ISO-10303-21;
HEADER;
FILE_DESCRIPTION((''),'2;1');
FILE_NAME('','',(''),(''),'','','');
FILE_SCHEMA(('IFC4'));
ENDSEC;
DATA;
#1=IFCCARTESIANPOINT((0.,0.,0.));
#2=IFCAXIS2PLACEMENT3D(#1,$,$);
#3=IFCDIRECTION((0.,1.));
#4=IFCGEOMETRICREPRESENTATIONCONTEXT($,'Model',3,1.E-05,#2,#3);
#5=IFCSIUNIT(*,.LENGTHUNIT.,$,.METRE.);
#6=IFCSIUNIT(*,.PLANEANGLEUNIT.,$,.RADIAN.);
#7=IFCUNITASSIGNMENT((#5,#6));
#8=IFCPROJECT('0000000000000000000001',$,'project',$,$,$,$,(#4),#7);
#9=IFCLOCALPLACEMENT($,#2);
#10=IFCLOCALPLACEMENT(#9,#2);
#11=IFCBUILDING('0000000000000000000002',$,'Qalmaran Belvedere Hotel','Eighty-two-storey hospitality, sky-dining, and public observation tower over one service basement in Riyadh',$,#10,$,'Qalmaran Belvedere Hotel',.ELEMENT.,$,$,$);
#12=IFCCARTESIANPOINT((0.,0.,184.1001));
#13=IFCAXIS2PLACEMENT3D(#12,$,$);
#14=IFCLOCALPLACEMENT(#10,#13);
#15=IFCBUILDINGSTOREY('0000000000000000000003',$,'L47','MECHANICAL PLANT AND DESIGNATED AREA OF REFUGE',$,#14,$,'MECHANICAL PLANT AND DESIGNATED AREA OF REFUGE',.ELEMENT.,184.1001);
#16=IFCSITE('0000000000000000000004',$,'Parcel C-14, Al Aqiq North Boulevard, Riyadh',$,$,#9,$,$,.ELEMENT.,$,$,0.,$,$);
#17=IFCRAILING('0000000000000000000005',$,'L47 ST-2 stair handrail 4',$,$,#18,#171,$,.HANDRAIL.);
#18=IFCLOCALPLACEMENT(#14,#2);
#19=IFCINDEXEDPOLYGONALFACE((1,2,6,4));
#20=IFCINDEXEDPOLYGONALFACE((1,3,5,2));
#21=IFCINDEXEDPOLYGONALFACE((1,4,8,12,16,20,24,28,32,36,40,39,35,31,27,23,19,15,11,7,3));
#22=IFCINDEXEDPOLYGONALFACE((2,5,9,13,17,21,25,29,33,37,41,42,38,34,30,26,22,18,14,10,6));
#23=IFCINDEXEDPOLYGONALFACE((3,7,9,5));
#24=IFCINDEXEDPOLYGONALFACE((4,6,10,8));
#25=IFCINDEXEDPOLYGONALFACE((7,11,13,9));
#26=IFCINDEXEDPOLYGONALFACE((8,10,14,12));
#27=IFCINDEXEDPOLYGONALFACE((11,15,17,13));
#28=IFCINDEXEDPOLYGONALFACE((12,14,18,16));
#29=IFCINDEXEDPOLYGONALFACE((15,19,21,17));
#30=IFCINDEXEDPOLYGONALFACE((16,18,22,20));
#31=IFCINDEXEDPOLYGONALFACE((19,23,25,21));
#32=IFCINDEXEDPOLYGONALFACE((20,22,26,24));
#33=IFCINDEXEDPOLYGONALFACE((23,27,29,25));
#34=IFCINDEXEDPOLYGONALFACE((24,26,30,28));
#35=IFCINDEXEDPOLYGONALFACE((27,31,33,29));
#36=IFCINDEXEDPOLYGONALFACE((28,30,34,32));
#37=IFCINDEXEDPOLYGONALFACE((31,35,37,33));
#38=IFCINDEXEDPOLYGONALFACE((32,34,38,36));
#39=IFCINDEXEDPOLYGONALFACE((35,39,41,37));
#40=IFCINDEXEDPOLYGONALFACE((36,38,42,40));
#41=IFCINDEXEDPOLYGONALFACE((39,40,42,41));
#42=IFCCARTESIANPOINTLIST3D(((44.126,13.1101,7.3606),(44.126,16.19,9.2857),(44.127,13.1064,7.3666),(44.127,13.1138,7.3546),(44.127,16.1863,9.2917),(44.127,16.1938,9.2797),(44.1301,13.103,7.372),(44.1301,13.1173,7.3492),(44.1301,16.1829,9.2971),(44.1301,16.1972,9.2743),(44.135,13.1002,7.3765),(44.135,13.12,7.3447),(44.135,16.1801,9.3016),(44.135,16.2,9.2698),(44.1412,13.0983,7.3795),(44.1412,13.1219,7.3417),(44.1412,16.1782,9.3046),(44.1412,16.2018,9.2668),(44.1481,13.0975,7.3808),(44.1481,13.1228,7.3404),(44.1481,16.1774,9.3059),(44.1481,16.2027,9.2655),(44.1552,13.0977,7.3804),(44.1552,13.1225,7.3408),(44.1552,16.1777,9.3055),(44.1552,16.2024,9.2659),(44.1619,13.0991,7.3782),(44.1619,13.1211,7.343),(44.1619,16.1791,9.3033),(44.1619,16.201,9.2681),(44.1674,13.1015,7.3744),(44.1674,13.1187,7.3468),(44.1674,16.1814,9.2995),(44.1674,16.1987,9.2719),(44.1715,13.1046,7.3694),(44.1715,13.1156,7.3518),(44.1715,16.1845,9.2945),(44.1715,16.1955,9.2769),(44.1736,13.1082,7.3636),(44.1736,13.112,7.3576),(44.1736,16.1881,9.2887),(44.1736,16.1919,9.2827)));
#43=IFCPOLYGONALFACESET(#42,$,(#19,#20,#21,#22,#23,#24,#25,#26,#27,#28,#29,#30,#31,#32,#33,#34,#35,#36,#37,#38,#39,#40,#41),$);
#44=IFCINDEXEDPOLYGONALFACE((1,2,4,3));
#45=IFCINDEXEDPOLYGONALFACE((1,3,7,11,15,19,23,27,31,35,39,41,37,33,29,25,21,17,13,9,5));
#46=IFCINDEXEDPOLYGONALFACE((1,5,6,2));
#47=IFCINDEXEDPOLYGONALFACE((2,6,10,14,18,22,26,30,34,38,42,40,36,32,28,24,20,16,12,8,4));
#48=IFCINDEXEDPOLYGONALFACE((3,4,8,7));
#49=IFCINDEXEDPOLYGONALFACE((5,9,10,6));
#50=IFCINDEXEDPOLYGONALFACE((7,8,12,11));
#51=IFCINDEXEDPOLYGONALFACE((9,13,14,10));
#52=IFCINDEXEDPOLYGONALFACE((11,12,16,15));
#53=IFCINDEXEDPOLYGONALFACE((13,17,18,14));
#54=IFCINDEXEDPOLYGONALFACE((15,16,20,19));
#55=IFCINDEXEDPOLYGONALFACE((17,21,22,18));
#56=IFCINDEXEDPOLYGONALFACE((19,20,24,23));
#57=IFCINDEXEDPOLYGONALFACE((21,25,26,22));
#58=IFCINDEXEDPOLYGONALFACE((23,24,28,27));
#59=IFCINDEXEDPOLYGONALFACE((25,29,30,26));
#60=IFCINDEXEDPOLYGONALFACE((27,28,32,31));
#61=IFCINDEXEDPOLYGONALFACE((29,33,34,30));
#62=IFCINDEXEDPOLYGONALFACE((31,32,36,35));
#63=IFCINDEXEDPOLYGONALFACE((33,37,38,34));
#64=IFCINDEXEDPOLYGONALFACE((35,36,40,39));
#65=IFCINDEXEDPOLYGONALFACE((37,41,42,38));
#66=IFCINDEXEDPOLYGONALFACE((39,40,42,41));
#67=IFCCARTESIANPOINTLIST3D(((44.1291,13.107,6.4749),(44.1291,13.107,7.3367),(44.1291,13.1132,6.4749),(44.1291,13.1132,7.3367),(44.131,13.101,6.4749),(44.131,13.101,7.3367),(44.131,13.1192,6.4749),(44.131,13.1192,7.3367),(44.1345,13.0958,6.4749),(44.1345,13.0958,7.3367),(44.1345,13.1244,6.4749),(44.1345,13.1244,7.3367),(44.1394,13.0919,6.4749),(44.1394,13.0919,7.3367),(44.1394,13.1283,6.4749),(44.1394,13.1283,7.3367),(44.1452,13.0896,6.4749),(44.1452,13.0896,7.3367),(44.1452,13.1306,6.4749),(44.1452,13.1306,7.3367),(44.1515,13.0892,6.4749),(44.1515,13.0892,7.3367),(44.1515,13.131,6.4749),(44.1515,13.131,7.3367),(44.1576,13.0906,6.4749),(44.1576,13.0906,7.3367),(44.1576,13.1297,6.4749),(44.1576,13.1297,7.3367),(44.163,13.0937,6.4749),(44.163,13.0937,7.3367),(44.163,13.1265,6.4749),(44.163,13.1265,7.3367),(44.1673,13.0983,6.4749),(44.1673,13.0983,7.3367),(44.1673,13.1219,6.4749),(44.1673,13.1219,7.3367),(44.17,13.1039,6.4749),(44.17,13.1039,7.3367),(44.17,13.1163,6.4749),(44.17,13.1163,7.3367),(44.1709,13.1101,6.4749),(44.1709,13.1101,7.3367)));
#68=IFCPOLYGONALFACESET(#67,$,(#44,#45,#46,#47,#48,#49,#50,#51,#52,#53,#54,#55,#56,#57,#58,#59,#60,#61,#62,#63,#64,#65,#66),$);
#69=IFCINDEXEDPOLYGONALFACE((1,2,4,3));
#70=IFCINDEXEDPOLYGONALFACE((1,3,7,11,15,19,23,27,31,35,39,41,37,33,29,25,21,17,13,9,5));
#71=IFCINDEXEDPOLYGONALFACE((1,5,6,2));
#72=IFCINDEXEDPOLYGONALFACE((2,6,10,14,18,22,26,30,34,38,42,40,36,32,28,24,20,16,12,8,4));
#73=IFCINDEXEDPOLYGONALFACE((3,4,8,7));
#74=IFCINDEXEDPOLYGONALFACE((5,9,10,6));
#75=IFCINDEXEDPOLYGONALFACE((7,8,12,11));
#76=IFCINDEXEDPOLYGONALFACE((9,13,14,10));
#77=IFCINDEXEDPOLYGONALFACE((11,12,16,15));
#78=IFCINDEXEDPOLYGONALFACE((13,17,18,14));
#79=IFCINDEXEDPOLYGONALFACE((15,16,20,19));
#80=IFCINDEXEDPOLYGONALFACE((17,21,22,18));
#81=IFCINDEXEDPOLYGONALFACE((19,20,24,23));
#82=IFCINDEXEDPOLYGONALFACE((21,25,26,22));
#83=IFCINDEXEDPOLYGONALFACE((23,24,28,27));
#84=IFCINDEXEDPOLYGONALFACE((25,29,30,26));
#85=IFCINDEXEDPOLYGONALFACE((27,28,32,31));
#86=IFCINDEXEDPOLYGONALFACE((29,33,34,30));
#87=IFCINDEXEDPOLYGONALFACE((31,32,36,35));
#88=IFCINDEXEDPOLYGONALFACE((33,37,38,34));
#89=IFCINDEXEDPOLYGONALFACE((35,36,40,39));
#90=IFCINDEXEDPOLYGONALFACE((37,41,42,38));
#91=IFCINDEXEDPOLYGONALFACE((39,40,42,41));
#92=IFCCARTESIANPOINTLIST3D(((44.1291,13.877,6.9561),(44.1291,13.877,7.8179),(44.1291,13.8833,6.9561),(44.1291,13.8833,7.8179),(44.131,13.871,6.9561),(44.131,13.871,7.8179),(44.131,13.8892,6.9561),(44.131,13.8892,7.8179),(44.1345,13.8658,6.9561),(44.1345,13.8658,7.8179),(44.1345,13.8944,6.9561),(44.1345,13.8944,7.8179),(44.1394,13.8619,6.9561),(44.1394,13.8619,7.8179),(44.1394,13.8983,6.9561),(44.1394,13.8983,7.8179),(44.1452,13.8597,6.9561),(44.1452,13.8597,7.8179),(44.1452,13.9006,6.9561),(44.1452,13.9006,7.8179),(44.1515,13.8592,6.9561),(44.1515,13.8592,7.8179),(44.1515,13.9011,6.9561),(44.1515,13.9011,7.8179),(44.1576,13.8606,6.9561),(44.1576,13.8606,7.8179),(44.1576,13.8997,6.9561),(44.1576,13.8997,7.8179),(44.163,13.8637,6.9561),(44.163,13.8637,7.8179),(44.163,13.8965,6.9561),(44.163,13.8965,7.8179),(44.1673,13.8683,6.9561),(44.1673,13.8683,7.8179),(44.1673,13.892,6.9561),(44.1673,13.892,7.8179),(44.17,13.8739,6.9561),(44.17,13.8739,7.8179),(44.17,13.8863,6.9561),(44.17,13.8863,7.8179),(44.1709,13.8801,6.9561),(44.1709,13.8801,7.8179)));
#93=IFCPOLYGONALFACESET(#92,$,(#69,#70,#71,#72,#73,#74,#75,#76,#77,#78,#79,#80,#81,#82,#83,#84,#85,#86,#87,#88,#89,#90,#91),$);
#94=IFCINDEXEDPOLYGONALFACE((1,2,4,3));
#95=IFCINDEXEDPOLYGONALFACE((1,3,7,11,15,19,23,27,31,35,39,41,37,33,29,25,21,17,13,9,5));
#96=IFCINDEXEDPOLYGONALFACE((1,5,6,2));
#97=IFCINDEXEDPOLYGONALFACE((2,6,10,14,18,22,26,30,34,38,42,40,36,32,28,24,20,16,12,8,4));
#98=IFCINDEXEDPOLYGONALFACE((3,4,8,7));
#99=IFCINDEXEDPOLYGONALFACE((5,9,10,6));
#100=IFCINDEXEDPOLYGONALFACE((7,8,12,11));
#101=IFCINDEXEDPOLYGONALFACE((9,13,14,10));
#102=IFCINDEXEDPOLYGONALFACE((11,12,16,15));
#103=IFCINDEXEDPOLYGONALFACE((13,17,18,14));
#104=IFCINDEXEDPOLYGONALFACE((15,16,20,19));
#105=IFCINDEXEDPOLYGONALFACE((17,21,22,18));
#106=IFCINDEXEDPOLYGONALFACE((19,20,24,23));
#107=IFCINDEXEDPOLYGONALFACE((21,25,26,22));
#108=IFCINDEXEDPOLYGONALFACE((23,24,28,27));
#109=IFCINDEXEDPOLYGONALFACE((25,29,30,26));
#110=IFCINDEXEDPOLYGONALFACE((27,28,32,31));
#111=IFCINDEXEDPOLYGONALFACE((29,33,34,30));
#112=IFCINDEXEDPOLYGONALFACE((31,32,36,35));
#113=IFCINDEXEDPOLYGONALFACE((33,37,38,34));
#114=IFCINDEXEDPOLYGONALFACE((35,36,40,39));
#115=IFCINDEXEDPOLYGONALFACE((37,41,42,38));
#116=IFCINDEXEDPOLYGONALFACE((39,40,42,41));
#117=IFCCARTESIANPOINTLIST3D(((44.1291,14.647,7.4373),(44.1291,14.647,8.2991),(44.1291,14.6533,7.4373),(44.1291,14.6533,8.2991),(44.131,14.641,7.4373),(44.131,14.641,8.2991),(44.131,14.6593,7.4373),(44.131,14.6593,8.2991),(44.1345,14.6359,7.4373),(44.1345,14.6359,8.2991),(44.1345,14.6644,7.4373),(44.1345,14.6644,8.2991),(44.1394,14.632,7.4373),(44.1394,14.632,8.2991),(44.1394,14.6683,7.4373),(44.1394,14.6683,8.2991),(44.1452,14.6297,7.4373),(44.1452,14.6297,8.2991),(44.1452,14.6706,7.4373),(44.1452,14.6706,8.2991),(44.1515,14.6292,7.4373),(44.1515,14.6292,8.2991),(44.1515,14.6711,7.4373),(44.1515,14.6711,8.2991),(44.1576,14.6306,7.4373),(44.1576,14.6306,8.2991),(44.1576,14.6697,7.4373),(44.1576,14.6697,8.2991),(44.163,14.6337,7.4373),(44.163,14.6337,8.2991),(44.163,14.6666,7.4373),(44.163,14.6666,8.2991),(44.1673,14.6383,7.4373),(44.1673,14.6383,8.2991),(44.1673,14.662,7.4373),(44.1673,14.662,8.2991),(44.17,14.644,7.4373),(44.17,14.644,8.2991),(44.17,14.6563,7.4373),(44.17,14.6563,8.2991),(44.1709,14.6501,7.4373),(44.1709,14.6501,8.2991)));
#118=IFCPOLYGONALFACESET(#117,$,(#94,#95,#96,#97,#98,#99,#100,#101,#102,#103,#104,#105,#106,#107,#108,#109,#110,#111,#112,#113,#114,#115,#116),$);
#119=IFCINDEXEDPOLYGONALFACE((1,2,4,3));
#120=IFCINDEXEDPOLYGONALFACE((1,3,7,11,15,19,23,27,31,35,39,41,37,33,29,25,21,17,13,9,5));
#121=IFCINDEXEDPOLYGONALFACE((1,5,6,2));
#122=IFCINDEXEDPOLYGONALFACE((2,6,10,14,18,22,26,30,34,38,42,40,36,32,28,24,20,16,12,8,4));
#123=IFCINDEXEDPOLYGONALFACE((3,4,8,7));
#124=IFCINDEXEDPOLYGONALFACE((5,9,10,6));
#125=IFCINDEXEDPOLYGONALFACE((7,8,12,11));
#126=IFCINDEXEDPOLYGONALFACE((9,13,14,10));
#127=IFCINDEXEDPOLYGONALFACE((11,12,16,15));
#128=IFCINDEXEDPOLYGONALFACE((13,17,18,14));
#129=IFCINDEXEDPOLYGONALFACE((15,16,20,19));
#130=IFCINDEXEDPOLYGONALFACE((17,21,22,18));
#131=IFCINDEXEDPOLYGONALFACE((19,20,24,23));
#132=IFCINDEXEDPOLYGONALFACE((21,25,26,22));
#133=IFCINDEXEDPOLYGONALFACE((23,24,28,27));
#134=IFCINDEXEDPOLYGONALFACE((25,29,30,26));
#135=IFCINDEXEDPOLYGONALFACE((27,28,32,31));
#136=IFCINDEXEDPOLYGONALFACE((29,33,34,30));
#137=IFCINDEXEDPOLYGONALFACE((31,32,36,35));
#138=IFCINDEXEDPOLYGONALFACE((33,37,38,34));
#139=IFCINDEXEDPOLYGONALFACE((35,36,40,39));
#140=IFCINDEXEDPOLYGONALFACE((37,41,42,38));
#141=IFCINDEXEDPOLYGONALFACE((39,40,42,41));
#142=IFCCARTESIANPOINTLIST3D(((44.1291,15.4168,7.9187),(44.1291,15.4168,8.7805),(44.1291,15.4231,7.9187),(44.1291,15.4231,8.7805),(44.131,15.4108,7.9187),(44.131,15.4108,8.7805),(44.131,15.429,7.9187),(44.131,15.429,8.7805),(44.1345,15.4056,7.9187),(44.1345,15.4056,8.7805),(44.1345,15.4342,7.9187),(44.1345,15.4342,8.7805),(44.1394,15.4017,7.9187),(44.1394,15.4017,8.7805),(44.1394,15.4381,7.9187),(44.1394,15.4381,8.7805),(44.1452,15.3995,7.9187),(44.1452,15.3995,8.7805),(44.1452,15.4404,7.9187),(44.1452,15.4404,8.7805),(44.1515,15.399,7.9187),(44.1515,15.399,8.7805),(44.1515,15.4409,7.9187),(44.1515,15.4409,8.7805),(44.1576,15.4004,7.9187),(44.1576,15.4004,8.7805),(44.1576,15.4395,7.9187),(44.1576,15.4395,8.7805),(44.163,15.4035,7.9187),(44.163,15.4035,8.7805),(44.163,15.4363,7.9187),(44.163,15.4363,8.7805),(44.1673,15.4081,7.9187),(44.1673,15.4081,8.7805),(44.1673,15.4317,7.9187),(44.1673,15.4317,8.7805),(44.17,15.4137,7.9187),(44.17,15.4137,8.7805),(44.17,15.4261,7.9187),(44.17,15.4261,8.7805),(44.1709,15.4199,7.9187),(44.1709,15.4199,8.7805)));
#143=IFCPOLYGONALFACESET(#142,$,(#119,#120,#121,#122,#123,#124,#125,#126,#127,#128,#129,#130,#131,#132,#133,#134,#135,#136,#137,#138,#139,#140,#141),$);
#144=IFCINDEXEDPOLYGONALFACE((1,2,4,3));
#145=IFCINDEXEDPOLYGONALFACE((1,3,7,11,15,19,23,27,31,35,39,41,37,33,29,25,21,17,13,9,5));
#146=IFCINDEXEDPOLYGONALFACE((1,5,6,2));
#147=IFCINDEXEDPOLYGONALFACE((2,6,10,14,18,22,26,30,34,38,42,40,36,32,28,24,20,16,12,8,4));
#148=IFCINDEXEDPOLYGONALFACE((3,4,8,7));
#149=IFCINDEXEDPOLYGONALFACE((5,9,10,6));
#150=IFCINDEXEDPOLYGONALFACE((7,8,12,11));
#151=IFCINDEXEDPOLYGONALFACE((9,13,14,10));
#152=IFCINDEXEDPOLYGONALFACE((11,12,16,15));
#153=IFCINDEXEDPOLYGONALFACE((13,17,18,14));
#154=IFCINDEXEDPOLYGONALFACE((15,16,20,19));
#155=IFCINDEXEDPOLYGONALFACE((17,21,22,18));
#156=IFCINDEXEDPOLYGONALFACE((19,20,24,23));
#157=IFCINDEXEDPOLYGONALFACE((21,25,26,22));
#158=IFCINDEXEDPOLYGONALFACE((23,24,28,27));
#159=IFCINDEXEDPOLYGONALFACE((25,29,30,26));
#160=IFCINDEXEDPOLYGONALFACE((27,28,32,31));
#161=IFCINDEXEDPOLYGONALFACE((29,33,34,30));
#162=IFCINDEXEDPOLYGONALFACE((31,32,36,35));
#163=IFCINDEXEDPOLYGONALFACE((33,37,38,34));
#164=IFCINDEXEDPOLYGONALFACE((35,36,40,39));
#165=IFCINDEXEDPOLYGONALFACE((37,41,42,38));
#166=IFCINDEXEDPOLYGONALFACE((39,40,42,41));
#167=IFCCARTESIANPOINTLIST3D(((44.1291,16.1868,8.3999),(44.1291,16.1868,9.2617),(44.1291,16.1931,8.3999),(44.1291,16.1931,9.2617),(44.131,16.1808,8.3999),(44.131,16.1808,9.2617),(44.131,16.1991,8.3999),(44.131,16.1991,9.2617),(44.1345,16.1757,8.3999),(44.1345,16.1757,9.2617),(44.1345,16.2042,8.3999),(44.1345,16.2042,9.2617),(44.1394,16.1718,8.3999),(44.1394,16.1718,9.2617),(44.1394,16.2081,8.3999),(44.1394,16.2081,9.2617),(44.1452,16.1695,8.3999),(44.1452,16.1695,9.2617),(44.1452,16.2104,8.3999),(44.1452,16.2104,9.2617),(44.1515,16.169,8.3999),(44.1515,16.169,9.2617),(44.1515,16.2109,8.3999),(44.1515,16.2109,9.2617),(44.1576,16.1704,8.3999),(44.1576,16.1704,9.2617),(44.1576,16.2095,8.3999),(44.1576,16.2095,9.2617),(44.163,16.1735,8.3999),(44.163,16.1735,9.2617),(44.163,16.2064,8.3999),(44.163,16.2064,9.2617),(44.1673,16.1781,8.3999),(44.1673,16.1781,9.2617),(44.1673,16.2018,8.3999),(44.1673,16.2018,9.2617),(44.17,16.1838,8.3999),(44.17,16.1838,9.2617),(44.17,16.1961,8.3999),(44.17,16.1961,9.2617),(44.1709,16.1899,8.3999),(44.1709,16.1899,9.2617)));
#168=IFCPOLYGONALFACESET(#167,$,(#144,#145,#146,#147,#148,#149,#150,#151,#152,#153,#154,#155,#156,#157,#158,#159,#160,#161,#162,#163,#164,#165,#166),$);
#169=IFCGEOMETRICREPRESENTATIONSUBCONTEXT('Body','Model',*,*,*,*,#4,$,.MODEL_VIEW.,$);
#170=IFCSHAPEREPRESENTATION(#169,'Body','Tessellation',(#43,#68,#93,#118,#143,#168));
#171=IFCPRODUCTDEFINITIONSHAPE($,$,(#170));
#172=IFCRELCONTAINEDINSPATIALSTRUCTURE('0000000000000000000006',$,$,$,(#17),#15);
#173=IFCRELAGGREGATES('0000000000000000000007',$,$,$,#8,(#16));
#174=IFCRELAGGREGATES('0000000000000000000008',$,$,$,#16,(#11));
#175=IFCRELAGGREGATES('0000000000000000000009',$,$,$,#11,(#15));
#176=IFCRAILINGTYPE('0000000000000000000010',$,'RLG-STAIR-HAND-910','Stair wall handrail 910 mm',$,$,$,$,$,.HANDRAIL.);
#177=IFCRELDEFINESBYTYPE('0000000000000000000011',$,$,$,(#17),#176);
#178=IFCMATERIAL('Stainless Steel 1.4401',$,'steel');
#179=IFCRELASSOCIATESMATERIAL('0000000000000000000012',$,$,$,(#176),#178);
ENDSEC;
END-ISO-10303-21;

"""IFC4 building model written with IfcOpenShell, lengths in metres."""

from ifc_helpers import new_model, si_unit, direction, frame, origin, origin_2d, place, context, subcontext, project, spatial, circle, extrude, material, type_object, element, save


model = new_model("IFC4")

# Units and contexts
model_context = context("Model", 3, precision=1e-05, world=origin(), true_north=direction((0.0, 1.0)))
body_context = subcontext(model_context, "Body", "Model", "MODEL_VIEW")
ifc_project = project(units=[si_unit("LENGTHUNIT", "METRE"), si_unit("PLANEANGLEUNIT", "RADIAN")], contexts=[model_context])

# Site, building, storey
site_placement = place(None, origin())
site = spatial("IfcSite", under=ifc_project, at=site_placement, Name="Parcel C-14, Al Aqiq North Boulevard, Riyadh", CompositionType="ELEMENT", RefElevation=0.0)
building_placement = place(site_placement, origin())
building = spatial("IfcBuilding", under=site, at=building_placement, Name="Qalmaran Belvedere Hotel", Description="Eighty-two-storey hospitality, sky-dining, and public observation tower over one service basement in Riyadh", LongName="Qalmaran Belvedere Hotel", CompositionType="ELEMENT")
storey_placement = place(building_placement, frame((0.0, 0.0, 184.1001)))
storey = spatial("IfcBuildingStorey", under=building, at=storey_placement, Name="L47", Description="MECHANICAL PLANT AND DESIGNATED AREA OF REFUGE", LongName="MECHANICAL PLANT AND DESIGNATED AREA OF REFUGE", CompositionType="ELEMENT", Elevation=184.1001)

# Railing
ifc_material_1 = material(Name="Stainless Steel 1.4401", Category="steel")
railing_type_1 = type_object("IfcRailingType", Name="RLG-STAIR-HAND-910", Description="Stair wall handrail 910 mm", PredefinedType="HANDRAIL", material=ifc_material_1)
for number, where, name in (
    (1, (44.1499, 13.1101, 6.4749), "L47 ST-2 stair handrail 4"),
):
    element("IfcRailing", number, at=place(storey_placement, frame(where)), inside=storey, type_object=railing_type_1, Name=name, PredefinedType="HANDRAIL", context=body_context, shape_type="SweptSolid", body=[
        extrude(circle(Radius=0.0239, at=origin_2d()), frame((0.0, 0.0, 0.8857), z_axis=(0.0, 0.847979, 0.530029), x_axis=(-1.0, 0.0, 0.0)), (0.0, 0.0, 1.0), 3.6321),
        extrude(circle(Radius=0.021, at=origin_2d()), origin(), (0.0, 0.0, 1.0), 0.8618),
        extrude(circle(Radius=0.021, at=origin_2d()), frame((0.0, 0.77, 0.4812)), (0.0, 0.0, 1.0), 0.8618),
        extrude(circle(Radius=0.021, at=origin_2d()), frame((0.0, 1.54, 0.9624)), (0.0, 0.0, 1.0), 0.8618),
        extrude(circle(Radius=0.021, at=origin_2d()), frame((0.0, 2.3098, 1.4438)), (0.0, 0.0, 1.0), 0.8618),
        extrude(circle(Radius=0.021, at=origin_2d()), frame((0.0, 3.0798, 1.925)), (0.0, 0.0, 1.0), 0.8618),
    ])

save(model, "model.ifc")
